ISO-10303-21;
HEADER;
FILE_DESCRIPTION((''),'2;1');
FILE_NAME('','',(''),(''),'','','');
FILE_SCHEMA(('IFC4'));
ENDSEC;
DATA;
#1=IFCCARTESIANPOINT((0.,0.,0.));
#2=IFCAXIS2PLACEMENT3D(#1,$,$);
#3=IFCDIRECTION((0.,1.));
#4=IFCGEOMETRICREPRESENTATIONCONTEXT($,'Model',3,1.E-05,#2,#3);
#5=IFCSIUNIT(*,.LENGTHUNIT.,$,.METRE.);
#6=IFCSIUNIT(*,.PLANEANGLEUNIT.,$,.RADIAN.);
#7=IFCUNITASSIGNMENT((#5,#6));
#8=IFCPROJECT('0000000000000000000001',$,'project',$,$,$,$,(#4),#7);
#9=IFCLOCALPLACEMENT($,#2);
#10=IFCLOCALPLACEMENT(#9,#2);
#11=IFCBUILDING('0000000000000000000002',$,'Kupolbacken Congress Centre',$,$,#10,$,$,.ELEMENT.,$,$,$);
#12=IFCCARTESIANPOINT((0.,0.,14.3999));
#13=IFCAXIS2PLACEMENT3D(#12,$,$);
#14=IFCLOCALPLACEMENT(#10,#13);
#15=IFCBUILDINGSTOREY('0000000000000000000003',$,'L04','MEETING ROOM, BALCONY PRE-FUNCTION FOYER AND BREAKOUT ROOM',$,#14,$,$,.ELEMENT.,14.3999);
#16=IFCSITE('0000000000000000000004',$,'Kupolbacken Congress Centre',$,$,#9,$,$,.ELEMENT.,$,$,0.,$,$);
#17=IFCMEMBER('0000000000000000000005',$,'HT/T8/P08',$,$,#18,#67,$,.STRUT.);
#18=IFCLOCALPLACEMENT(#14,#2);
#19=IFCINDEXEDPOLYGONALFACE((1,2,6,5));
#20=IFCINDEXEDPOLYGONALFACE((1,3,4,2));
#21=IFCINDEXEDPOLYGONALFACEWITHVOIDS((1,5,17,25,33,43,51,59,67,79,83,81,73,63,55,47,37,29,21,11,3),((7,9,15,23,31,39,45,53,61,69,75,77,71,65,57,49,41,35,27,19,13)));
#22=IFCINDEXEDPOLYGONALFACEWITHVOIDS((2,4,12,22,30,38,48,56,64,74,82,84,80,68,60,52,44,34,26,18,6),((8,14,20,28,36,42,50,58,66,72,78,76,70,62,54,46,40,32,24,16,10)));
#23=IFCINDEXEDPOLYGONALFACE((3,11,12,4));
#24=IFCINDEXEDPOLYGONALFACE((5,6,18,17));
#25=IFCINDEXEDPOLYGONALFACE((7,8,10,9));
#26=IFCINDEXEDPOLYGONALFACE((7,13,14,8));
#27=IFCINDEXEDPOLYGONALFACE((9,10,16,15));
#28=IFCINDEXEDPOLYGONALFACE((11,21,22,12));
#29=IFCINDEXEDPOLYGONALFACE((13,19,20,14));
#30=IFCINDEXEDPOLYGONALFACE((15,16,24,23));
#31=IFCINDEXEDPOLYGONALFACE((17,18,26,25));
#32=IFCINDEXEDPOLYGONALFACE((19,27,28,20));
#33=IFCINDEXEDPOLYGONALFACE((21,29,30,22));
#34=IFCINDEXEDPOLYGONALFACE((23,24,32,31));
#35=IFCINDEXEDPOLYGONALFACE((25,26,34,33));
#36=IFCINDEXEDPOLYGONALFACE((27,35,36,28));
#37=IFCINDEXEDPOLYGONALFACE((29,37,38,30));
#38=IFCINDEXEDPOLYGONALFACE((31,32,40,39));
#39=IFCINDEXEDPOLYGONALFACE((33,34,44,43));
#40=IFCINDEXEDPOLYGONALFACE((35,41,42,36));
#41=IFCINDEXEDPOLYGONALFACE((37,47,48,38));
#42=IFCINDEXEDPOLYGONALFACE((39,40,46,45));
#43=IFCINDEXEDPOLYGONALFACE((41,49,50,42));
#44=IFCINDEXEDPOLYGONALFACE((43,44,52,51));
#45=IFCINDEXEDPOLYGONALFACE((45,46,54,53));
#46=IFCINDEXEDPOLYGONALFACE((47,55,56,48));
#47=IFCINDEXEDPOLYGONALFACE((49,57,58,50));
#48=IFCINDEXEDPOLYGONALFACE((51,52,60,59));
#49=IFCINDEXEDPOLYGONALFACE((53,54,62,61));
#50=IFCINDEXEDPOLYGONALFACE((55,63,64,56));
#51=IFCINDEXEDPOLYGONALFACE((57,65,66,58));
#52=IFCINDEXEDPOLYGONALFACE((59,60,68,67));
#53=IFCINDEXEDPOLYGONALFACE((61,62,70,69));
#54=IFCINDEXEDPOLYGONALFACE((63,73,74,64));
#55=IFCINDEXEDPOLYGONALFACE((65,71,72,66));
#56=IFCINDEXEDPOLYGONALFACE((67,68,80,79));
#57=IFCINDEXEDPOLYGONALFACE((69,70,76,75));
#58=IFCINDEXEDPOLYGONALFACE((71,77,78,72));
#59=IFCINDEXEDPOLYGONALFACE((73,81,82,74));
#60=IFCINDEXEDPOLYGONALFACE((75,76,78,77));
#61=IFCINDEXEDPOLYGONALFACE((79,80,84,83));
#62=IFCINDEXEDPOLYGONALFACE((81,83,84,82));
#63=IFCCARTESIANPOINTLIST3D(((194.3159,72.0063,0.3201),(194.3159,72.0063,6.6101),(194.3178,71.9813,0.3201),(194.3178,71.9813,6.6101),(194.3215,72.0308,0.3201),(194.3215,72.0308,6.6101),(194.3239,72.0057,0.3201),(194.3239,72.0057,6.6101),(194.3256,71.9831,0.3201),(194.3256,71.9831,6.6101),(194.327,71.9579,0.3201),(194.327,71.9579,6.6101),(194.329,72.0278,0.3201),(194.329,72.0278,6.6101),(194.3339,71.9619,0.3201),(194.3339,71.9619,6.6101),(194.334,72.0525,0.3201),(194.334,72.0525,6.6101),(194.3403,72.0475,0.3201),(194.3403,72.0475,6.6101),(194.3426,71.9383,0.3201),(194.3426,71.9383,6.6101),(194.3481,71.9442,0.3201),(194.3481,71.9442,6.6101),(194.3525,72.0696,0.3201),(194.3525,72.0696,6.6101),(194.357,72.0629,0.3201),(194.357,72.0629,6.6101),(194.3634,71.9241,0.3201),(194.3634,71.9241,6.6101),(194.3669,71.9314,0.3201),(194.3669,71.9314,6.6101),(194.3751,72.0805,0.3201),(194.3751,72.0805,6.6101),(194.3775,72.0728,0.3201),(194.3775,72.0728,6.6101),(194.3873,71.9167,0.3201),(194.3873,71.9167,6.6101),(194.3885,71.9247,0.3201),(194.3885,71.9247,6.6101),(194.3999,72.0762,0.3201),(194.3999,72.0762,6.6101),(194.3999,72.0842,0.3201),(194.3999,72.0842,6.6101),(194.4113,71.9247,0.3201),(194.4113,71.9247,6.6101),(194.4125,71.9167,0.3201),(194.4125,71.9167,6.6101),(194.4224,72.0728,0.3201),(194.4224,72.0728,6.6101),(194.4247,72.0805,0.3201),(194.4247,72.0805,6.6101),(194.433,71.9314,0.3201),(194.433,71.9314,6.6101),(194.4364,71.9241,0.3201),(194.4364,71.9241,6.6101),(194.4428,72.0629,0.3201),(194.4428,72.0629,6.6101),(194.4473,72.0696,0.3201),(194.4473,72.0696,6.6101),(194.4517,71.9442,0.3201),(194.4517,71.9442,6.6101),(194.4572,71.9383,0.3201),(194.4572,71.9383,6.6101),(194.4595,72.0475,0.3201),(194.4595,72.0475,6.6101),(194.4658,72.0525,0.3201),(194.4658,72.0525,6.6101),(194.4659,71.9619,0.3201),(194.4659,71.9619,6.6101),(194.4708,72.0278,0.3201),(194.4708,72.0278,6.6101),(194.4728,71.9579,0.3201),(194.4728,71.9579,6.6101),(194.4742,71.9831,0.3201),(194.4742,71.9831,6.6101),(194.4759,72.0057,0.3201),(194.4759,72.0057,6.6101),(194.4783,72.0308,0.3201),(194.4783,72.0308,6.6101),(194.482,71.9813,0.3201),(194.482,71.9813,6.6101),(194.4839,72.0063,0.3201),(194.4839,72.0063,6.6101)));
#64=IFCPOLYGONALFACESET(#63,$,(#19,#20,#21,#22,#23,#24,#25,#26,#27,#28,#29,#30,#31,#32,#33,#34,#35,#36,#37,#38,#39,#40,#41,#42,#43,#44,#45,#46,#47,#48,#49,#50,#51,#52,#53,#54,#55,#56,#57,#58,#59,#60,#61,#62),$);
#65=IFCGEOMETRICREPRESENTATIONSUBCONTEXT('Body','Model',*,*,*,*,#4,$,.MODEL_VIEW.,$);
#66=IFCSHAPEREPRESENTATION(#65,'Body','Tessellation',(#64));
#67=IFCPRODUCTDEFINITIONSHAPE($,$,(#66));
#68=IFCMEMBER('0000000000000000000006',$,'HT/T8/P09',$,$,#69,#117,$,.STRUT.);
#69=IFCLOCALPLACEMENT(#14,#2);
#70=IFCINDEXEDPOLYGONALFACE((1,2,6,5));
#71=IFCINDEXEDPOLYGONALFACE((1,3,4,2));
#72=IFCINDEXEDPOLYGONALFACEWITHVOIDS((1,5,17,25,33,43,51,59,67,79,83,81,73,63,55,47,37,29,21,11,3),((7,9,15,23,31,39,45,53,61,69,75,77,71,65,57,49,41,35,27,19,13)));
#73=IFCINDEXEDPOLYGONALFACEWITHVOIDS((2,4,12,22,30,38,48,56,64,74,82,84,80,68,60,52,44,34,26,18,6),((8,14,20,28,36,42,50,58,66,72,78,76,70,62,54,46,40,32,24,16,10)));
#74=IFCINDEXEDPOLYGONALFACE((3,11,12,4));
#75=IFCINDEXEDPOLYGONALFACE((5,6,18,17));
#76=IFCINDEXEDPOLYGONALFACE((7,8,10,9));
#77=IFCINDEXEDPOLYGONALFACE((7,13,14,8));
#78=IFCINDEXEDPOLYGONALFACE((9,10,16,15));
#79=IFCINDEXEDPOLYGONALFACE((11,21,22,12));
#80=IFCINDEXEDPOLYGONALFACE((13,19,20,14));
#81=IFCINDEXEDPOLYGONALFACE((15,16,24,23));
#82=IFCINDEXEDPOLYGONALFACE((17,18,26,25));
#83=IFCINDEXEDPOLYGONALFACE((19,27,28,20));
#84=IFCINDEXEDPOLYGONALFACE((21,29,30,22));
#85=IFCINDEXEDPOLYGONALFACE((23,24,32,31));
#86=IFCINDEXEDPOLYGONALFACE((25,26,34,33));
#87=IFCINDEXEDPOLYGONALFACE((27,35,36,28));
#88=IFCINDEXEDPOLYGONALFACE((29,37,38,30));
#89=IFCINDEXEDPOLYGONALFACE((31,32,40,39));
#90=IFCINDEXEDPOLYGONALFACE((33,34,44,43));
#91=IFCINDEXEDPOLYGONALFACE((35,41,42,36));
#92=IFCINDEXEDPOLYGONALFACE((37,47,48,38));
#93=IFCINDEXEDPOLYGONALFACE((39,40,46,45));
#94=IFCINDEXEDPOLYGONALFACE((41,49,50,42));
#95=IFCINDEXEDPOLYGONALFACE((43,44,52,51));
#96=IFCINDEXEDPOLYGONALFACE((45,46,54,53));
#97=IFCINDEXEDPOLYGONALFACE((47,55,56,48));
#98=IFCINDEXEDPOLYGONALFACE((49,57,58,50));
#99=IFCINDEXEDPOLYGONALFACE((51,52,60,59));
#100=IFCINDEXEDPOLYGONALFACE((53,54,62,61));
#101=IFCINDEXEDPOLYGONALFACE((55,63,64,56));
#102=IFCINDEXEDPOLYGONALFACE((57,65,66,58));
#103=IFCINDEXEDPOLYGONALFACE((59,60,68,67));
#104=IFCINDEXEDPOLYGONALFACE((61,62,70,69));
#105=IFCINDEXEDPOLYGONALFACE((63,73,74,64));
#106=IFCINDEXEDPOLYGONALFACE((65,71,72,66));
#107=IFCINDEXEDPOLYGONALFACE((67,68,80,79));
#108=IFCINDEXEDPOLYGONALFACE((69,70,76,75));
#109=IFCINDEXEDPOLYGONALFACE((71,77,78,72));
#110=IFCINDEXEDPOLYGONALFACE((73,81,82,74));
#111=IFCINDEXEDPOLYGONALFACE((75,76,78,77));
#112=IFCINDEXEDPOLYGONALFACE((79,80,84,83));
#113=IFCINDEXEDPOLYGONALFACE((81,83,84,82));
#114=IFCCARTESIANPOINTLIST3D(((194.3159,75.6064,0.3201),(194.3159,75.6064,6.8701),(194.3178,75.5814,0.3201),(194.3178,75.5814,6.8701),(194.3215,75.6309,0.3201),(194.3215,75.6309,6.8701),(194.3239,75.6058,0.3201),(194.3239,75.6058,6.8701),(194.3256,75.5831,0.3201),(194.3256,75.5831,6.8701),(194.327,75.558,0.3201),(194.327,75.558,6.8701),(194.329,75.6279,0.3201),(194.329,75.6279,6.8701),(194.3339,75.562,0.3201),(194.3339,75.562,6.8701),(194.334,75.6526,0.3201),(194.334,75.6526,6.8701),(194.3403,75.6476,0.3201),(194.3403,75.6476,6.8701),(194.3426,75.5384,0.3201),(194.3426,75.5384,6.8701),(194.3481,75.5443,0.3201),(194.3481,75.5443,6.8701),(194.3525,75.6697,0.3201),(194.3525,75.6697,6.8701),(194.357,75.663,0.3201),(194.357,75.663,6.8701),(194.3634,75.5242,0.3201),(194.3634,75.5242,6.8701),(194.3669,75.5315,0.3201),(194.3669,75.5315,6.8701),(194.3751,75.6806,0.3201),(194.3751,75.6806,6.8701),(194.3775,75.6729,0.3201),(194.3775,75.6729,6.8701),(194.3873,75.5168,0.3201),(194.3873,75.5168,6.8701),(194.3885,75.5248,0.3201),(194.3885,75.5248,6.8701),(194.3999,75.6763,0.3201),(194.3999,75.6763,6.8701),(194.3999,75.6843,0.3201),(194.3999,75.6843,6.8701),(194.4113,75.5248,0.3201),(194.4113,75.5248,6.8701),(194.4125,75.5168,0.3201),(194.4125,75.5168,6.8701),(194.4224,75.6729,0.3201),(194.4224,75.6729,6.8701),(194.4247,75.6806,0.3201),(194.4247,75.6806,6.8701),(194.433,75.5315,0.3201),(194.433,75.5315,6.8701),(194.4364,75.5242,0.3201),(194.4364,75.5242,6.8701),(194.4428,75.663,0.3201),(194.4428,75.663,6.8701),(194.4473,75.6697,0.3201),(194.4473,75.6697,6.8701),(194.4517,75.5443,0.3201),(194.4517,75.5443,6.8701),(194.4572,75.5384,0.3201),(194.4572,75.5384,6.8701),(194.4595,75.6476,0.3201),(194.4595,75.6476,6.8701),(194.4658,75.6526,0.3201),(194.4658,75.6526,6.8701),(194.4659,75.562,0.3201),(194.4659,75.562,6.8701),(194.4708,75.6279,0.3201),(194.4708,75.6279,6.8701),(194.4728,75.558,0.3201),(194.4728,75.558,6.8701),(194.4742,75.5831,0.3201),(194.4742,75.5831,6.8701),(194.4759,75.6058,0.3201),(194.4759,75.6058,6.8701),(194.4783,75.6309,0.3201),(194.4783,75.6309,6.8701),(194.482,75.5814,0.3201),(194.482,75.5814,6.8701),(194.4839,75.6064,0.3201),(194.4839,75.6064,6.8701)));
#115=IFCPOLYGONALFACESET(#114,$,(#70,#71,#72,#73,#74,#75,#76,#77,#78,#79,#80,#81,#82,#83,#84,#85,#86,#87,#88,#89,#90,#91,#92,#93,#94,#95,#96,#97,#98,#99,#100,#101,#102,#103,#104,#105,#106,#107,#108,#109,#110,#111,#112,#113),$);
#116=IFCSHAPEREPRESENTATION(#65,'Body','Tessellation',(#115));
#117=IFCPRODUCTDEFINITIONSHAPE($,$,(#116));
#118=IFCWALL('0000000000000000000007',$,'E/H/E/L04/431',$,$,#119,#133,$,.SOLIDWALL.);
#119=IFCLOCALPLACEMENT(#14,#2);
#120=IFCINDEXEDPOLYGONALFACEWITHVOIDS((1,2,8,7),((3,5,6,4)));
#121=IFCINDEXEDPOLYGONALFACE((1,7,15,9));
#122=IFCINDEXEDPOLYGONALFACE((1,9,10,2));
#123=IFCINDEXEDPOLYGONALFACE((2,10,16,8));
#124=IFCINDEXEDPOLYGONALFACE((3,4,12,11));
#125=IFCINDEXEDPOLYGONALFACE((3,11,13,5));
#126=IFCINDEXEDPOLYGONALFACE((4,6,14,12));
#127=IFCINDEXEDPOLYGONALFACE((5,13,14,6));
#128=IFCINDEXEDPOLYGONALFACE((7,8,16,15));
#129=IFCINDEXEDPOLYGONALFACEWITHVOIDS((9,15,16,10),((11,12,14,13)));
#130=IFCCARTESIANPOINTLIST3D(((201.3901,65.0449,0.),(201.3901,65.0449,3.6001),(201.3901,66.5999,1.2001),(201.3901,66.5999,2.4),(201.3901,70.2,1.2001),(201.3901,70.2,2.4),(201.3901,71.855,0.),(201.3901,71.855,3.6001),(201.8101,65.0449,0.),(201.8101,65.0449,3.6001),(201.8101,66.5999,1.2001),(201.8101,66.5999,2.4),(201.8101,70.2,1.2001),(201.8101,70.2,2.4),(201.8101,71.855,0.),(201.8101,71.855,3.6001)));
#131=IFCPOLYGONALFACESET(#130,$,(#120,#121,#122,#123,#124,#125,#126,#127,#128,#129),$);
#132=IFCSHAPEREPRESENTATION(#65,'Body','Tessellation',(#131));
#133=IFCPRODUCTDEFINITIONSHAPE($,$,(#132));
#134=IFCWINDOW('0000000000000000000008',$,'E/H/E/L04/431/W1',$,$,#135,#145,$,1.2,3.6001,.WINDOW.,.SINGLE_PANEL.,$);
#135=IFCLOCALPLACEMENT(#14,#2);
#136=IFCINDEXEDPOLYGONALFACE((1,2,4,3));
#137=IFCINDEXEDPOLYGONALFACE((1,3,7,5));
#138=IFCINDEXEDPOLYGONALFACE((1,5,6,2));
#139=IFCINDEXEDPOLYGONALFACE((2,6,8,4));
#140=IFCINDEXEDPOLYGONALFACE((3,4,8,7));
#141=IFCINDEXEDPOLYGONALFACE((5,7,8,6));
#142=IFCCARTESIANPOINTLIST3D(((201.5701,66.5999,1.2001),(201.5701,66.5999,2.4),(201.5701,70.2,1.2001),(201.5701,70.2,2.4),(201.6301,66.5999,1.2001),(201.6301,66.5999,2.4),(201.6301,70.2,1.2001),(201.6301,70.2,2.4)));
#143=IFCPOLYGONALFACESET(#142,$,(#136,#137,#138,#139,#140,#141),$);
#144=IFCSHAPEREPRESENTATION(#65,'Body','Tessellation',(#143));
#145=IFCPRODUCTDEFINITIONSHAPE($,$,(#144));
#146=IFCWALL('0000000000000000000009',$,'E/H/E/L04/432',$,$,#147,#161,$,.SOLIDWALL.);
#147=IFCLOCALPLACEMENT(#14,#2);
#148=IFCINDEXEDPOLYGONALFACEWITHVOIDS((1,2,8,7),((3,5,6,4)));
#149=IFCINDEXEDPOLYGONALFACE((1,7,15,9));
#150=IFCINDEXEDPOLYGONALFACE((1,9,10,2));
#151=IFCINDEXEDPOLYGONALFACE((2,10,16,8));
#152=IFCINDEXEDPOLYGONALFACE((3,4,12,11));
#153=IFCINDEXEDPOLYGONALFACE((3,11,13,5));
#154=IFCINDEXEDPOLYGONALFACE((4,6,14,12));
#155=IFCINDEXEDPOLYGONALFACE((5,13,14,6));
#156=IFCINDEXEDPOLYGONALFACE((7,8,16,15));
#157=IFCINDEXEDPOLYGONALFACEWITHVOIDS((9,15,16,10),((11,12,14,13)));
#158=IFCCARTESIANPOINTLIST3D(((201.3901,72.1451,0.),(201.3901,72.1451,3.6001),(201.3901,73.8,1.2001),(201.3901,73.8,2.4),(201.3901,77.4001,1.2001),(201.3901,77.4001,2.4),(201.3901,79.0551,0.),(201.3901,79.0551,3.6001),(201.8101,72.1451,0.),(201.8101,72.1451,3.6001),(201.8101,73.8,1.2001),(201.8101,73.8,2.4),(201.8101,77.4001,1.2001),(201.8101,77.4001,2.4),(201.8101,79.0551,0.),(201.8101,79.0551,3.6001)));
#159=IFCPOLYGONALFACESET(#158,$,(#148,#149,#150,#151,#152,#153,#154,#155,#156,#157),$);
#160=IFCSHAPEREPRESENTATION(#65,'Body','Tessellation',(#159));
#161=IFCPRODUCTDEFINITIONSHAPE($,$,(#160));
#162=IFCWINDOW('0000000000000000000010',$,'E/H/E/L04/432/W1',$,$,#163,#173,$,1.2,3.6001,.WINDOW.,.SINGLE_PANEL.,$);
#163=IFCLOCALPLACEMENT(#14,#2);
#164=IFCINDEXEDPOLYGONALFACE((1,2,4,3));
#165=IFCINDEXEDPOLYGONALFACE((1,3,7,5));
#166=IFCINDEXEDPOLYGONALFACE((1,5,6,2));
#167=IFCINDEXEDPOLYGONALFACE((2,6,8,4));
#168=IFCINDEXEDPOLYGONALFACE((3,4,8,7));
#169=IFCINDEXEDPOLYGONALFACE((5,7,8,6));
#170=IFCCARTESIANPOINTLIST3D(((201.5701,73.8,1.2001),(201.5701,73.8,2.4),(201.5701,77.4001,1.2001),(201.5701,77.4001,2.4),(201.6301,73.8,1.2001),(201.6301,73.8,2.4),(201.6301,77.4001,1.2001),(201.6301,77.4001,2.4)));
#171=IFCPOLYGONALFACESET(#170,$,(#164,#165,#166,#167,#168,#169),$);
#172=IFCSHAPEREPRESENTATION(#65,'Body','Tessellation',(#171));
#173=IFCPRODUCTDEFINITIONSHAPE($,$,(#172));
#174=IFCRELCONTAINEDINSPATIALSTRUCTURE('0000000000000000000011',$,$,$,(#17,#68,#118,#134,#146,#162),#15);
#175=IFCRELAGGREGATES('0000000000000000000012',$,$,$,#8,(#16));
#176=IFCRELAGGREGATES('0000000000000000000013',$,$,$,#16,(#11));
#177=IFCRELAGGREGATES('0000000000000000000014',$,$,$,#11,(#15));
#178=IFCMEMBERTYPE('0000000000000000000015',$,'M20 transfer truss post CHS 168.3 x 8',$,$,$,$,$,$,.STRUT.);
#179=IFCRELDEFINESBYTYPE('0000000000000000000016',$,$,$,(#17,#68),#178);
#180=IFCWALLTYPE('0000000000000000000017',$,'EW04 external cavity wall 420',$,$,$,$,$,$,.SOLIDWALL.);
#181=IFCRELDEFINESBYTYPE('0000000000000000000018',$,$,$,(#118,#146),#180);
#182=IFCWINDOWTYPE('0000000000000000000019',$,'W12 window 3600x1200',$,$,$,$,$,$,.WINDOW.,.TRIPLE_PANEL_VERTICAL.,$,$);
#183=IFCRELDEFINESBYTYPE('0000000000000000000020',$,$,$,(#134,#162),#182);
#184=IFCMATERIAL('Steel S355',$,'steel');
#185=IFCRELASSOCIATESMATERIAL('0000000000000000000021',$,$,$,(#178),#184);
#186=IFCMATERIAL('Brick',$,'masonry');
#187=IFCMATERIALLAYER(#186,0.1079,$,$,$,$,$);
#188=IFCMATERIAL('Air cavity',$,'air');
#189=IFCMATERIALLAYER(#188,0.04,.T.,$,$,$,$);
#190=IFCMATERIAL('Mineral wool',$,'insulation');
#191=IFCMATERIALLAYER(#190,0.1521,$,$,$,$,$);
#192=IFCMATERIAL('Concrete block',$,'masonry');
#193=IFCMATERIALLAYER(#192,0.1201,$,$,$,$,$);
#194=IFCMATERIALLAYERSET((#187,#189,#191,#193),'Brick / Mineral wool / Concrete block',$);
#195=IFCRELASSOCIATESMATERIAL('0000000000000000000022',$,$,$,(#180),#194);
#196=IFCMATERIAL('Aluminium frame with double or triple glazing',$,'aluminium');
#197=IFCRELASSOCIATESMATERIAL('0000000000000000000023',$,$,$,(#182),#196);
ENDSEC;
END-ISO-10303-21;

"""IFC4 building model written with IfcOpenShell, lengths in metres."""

from ifc_helpers import new_model, si_unit, direction, frame, frame_2d, origin, origin_2d, place, context, subcontext, project, spatial, rectangle, hollow_circle, extrude, material, layer, layer_set, material_profile, profile_set, type_object, element, fill, save


model = new_model("IFC4")

# Units and contexts
model_context = context("Model", 3, precision=1e-05, world=origin(), true_north=direction((0.0, 1.0)))
body_context = subcontext(model_context, "Body", "Model", "MODEL_VIEW")
ifc_project = project(units=[si_unit("LENGTHUNIT", "METRE"), si_unit("PLANEANGLEUNIT", "RADIAN")], contexts=[model_context])

# Site, building, storey
site_placement = place(None, origin())
site = spatial("IfcSite", under=ifc_project, at=site_placement, Name="Kupolbacken Congress Centre", CompositionType="ELEMENT", RefElevation=0.0)
building_placement = place(site_placement, origin())
building = spatial("IfcBuilding", under=site, at=building_placement, Name="Kupolbacken Congress Centre", CompositionType="ELEMENT")
storey_placement = place(building_placement, frame((0.0, 0.0, 14.3999)))
storey = spatial("IfcBuildingStorey", under=building, at=storey_placement, Name="L04", Description="MEETING ROOM, BALCONY PRE-FUNCTION FOYER AND BREAKOUT ROOM", CompositionType="ELEMENT", Elevation=14.3999)

# Members
ifc_material_1 = material(Name="Steel S355", Category="steel")
ifc_material_profile_1 = material_profile(ifc_material_1, hollow_circle(Radius=0.0842, WallThickness=0.0081, at=origin_2d()), Name="CHS 168.3 x 8")
ifc_profile_set_1 = profile_set([ifc_material_profile_1], Name="Steel S355")
member_type_1 = type_object("IfcMemberType", Name="M20 transfer truss post CHS 168.3 x 8", PredefinedType="STRUT", material=ifc_profile_set_1)
for number, where, z_axis, x_axis, name in (
    (1, (194.3999, 72.0, 0.3201), (0.0, 0.0, 1.0), (0.0, 1.0, 0.0), "HT/T8/P08"),
):
    element("IfcMember", number, at=place(storey_placement, frame(where, z_axis=z_axis, x_axis=x_axis)), inside=storey, type_object=member_type_1, Name=name, PredefinedType="STRUT", context=body_context, shape_type="SweptSolid", body=[
        extrude(hollow_circle(Radius=0.0842, WallThickness=0.0081, at=origin_2d()), origin(), (0.0, 0.0, 1.0), 6.29),
    ])
member_1_placement = place(storey_placement, frame((194.3999, 75.6001, 0.3201), z_axis=(0.0, 0.0, 1.0), x_axis=(0.0, 1.0, 0.0)))
element("IfcMember", 2, at=member_1_placement, inside=storey, type_object=member_type_1, Name="HT/T8/P09", PredefinedType="STRUT", context=body_context, shape_type="SweptSolid", body=[
    extrude(hollow_circle(Radius=0.0842, WallThickness=0.0081, at=origin_2d()), origin(), (0.0, 0.0, 1.0), 6.55),
])

# Walls, openings, windows
ifc_material_2 = material(Name="Brick", Category="masonry")
ifc_layer_1 = layer(ifc_material_2, 0.1079)
ifc_material_3 = material(Name="Air cavity", Category="air")
ifc_layer_2 = layer(ifc_material_3, 0.04, ventilated=True)
ifc_material_4 = material(Name="Mineral wool", Category="insulation")
ifc_layer_3 = layer(ifc_material_4, 0.1521)
ifc_material_5 = material(Name="Concrete block", Category="masonry")
ifc_layer_4 = layer(ifc_material_5, 0.1201)
ifc_layer_set_1 = layer_set([ifc_layer_1, ifc_layer_2, ifc_layer_3, ifc_layer_4], Name="Brick / Mineral wool / Concrete block")
wall_type = type_object("IfcWallType", Name="EW04 external cavity wall 420", PredefinedType="SOLIDWALL", material=ifc_layer_set_1)
wall_1_placement = place(storey_placement, frame((201.6001, 65.0449, 0.0), z_axis=(0.0, 0.0, 1.0), x_axis=(0.0, 1.0, 0.0)))
wall_1 = element("IfcWall", 3, at=wall_1_placement, inside=storey, type_object=wall_type, Name="E/H/E/L04/431", PredefinedType="SOLIDWALL", context=body_context, shape_type="SweptSolid", body=[
    extrude(rectangle(XDim=6.8101, YDim=0.4199, at=frame_2d((3.405, 0.0))), origin(), (0.0, 0.0, 1.0), 3.6001),
])
opening_1_placement = place(wall_1_placement, frame((1.5549, 0.0, 1.2)))
opening_1 = element("IfcOpeningElement", 4, at=opening_1_placement, cuts=wall_1, PredefinedType="OPENING", context=body_context, shape_type="SweptSolid", body=[
    extrude(rectangle(XDim=3.6001, YDim=1.2, at=frame_2d((1.8, 0.6001))), frame((0.0, 0.22, 0.0), z_axis=(0.0, -1.0, 0.0), x_axis=(1.0, 0.0, 0.0)), (0.0, 0.0, 1.0), 0.4399),
])
ifc_material_6 = material(Name="Aluminium frame with double or triple glazing", Category="aluminium")
window_type = type_object("IfcWindowType", Name="W12 window 3600x1200", PartitioningType="TRIPLE_PANEL_VERTICAL", PredefinedType="WINDOW", material=ifc_material_6)
window_1_placement = place(opening_1_placement, origin())
window_1 = element("IfcWindow", 5, at=window_1_placement, inside=storey, type_object=window_type, Name="E/H/E/L04/431/W1", OverallHeight=1.2, OverallWidth=3.6001, PartitioningType="SINGLE_PANEL", PredefinedType="WINDOW", context=body_context, shape_type="SweptSolid", body=[
    extrude(rectangle(XDim=3.6001, YDim=1.2, at=frame_2d((1.8, 0.6001))), frame((0.0, 0.03, 0.0), z_axis=(0.0, -1.0, 0.0), x_axis=(1.0, 0.0, 0.0)), (0.0, 0.0, 1.0), 0.0601),
])
fill(opening_1, window_1)
wall_2_placement = place(storey_placement, frame((201.6001, 72.145, 0.0), z_axis=(0.0, 0.0, 1.0), x_axis=(0.0, 1.0, 0.0)))
wall_2 = element("IfcWall", 6, at=wall_2_placement, inside=storey, type_object=wall_type, Name="E/H/E/L04/432", PredefinedType="SOLIDWALL", context=body_context, shape_type="SweptSolid", body=[
    extrude(rectangle(XDim=6.9099, YDim=0.4199, at=frame_2d((3.4551, 0.0))), origin(), (0.0, 0.0, 1.0), 3.6001),
])
opening_2_placement = place(wall_2_placement, frame((1.655, 0.0, 1.2)))
opening_2 = element("IfcOpeningElement", 7, at=opening_2_placement, cuts=wall_2, PredefinedType="OPENING", context=body_context, shape_type="SweptSolid", body=[
    extrude(rectangle(XDim=3.6001, YDim=1.2, at=frame_2d((1.8, 0.6001))), frame((0.0, 0.22, 0.0), z_axis=(0.0, -1.0, 0.0), x_axis=(1.0, 0.0, 0.0)), (0.0, 0.0, 1.0), 0.4399),
])
window_2_placement = place(opening_2_placement, origin())
window_2 = element("IfcWindow", 8, at=window_2_placement, inside=storey, type_object=window_type, Name="E/H/E/L04/432/W1", OverallHeight=1.2, OverallWidth=3.6001, PartitioningType="SINGLE_PANEL", PredefinedType="WINDOW", context=body_context, shape_type="SweptSolid", body=[
    extrude(rectangle(XDim=3.6001, YDim=1.2, at=frame_2d((1.8, 0.6001))), frame((0.0, 0.03, 0.0), z_axis=(0.0, -1.0, 0.0), x_axis=(1.0, 0.0, 0.0)), (0.0, 0.0, 1.0), 0.0601),
])
fill(opening_2, window_2)

save(model, "model.ifc")
